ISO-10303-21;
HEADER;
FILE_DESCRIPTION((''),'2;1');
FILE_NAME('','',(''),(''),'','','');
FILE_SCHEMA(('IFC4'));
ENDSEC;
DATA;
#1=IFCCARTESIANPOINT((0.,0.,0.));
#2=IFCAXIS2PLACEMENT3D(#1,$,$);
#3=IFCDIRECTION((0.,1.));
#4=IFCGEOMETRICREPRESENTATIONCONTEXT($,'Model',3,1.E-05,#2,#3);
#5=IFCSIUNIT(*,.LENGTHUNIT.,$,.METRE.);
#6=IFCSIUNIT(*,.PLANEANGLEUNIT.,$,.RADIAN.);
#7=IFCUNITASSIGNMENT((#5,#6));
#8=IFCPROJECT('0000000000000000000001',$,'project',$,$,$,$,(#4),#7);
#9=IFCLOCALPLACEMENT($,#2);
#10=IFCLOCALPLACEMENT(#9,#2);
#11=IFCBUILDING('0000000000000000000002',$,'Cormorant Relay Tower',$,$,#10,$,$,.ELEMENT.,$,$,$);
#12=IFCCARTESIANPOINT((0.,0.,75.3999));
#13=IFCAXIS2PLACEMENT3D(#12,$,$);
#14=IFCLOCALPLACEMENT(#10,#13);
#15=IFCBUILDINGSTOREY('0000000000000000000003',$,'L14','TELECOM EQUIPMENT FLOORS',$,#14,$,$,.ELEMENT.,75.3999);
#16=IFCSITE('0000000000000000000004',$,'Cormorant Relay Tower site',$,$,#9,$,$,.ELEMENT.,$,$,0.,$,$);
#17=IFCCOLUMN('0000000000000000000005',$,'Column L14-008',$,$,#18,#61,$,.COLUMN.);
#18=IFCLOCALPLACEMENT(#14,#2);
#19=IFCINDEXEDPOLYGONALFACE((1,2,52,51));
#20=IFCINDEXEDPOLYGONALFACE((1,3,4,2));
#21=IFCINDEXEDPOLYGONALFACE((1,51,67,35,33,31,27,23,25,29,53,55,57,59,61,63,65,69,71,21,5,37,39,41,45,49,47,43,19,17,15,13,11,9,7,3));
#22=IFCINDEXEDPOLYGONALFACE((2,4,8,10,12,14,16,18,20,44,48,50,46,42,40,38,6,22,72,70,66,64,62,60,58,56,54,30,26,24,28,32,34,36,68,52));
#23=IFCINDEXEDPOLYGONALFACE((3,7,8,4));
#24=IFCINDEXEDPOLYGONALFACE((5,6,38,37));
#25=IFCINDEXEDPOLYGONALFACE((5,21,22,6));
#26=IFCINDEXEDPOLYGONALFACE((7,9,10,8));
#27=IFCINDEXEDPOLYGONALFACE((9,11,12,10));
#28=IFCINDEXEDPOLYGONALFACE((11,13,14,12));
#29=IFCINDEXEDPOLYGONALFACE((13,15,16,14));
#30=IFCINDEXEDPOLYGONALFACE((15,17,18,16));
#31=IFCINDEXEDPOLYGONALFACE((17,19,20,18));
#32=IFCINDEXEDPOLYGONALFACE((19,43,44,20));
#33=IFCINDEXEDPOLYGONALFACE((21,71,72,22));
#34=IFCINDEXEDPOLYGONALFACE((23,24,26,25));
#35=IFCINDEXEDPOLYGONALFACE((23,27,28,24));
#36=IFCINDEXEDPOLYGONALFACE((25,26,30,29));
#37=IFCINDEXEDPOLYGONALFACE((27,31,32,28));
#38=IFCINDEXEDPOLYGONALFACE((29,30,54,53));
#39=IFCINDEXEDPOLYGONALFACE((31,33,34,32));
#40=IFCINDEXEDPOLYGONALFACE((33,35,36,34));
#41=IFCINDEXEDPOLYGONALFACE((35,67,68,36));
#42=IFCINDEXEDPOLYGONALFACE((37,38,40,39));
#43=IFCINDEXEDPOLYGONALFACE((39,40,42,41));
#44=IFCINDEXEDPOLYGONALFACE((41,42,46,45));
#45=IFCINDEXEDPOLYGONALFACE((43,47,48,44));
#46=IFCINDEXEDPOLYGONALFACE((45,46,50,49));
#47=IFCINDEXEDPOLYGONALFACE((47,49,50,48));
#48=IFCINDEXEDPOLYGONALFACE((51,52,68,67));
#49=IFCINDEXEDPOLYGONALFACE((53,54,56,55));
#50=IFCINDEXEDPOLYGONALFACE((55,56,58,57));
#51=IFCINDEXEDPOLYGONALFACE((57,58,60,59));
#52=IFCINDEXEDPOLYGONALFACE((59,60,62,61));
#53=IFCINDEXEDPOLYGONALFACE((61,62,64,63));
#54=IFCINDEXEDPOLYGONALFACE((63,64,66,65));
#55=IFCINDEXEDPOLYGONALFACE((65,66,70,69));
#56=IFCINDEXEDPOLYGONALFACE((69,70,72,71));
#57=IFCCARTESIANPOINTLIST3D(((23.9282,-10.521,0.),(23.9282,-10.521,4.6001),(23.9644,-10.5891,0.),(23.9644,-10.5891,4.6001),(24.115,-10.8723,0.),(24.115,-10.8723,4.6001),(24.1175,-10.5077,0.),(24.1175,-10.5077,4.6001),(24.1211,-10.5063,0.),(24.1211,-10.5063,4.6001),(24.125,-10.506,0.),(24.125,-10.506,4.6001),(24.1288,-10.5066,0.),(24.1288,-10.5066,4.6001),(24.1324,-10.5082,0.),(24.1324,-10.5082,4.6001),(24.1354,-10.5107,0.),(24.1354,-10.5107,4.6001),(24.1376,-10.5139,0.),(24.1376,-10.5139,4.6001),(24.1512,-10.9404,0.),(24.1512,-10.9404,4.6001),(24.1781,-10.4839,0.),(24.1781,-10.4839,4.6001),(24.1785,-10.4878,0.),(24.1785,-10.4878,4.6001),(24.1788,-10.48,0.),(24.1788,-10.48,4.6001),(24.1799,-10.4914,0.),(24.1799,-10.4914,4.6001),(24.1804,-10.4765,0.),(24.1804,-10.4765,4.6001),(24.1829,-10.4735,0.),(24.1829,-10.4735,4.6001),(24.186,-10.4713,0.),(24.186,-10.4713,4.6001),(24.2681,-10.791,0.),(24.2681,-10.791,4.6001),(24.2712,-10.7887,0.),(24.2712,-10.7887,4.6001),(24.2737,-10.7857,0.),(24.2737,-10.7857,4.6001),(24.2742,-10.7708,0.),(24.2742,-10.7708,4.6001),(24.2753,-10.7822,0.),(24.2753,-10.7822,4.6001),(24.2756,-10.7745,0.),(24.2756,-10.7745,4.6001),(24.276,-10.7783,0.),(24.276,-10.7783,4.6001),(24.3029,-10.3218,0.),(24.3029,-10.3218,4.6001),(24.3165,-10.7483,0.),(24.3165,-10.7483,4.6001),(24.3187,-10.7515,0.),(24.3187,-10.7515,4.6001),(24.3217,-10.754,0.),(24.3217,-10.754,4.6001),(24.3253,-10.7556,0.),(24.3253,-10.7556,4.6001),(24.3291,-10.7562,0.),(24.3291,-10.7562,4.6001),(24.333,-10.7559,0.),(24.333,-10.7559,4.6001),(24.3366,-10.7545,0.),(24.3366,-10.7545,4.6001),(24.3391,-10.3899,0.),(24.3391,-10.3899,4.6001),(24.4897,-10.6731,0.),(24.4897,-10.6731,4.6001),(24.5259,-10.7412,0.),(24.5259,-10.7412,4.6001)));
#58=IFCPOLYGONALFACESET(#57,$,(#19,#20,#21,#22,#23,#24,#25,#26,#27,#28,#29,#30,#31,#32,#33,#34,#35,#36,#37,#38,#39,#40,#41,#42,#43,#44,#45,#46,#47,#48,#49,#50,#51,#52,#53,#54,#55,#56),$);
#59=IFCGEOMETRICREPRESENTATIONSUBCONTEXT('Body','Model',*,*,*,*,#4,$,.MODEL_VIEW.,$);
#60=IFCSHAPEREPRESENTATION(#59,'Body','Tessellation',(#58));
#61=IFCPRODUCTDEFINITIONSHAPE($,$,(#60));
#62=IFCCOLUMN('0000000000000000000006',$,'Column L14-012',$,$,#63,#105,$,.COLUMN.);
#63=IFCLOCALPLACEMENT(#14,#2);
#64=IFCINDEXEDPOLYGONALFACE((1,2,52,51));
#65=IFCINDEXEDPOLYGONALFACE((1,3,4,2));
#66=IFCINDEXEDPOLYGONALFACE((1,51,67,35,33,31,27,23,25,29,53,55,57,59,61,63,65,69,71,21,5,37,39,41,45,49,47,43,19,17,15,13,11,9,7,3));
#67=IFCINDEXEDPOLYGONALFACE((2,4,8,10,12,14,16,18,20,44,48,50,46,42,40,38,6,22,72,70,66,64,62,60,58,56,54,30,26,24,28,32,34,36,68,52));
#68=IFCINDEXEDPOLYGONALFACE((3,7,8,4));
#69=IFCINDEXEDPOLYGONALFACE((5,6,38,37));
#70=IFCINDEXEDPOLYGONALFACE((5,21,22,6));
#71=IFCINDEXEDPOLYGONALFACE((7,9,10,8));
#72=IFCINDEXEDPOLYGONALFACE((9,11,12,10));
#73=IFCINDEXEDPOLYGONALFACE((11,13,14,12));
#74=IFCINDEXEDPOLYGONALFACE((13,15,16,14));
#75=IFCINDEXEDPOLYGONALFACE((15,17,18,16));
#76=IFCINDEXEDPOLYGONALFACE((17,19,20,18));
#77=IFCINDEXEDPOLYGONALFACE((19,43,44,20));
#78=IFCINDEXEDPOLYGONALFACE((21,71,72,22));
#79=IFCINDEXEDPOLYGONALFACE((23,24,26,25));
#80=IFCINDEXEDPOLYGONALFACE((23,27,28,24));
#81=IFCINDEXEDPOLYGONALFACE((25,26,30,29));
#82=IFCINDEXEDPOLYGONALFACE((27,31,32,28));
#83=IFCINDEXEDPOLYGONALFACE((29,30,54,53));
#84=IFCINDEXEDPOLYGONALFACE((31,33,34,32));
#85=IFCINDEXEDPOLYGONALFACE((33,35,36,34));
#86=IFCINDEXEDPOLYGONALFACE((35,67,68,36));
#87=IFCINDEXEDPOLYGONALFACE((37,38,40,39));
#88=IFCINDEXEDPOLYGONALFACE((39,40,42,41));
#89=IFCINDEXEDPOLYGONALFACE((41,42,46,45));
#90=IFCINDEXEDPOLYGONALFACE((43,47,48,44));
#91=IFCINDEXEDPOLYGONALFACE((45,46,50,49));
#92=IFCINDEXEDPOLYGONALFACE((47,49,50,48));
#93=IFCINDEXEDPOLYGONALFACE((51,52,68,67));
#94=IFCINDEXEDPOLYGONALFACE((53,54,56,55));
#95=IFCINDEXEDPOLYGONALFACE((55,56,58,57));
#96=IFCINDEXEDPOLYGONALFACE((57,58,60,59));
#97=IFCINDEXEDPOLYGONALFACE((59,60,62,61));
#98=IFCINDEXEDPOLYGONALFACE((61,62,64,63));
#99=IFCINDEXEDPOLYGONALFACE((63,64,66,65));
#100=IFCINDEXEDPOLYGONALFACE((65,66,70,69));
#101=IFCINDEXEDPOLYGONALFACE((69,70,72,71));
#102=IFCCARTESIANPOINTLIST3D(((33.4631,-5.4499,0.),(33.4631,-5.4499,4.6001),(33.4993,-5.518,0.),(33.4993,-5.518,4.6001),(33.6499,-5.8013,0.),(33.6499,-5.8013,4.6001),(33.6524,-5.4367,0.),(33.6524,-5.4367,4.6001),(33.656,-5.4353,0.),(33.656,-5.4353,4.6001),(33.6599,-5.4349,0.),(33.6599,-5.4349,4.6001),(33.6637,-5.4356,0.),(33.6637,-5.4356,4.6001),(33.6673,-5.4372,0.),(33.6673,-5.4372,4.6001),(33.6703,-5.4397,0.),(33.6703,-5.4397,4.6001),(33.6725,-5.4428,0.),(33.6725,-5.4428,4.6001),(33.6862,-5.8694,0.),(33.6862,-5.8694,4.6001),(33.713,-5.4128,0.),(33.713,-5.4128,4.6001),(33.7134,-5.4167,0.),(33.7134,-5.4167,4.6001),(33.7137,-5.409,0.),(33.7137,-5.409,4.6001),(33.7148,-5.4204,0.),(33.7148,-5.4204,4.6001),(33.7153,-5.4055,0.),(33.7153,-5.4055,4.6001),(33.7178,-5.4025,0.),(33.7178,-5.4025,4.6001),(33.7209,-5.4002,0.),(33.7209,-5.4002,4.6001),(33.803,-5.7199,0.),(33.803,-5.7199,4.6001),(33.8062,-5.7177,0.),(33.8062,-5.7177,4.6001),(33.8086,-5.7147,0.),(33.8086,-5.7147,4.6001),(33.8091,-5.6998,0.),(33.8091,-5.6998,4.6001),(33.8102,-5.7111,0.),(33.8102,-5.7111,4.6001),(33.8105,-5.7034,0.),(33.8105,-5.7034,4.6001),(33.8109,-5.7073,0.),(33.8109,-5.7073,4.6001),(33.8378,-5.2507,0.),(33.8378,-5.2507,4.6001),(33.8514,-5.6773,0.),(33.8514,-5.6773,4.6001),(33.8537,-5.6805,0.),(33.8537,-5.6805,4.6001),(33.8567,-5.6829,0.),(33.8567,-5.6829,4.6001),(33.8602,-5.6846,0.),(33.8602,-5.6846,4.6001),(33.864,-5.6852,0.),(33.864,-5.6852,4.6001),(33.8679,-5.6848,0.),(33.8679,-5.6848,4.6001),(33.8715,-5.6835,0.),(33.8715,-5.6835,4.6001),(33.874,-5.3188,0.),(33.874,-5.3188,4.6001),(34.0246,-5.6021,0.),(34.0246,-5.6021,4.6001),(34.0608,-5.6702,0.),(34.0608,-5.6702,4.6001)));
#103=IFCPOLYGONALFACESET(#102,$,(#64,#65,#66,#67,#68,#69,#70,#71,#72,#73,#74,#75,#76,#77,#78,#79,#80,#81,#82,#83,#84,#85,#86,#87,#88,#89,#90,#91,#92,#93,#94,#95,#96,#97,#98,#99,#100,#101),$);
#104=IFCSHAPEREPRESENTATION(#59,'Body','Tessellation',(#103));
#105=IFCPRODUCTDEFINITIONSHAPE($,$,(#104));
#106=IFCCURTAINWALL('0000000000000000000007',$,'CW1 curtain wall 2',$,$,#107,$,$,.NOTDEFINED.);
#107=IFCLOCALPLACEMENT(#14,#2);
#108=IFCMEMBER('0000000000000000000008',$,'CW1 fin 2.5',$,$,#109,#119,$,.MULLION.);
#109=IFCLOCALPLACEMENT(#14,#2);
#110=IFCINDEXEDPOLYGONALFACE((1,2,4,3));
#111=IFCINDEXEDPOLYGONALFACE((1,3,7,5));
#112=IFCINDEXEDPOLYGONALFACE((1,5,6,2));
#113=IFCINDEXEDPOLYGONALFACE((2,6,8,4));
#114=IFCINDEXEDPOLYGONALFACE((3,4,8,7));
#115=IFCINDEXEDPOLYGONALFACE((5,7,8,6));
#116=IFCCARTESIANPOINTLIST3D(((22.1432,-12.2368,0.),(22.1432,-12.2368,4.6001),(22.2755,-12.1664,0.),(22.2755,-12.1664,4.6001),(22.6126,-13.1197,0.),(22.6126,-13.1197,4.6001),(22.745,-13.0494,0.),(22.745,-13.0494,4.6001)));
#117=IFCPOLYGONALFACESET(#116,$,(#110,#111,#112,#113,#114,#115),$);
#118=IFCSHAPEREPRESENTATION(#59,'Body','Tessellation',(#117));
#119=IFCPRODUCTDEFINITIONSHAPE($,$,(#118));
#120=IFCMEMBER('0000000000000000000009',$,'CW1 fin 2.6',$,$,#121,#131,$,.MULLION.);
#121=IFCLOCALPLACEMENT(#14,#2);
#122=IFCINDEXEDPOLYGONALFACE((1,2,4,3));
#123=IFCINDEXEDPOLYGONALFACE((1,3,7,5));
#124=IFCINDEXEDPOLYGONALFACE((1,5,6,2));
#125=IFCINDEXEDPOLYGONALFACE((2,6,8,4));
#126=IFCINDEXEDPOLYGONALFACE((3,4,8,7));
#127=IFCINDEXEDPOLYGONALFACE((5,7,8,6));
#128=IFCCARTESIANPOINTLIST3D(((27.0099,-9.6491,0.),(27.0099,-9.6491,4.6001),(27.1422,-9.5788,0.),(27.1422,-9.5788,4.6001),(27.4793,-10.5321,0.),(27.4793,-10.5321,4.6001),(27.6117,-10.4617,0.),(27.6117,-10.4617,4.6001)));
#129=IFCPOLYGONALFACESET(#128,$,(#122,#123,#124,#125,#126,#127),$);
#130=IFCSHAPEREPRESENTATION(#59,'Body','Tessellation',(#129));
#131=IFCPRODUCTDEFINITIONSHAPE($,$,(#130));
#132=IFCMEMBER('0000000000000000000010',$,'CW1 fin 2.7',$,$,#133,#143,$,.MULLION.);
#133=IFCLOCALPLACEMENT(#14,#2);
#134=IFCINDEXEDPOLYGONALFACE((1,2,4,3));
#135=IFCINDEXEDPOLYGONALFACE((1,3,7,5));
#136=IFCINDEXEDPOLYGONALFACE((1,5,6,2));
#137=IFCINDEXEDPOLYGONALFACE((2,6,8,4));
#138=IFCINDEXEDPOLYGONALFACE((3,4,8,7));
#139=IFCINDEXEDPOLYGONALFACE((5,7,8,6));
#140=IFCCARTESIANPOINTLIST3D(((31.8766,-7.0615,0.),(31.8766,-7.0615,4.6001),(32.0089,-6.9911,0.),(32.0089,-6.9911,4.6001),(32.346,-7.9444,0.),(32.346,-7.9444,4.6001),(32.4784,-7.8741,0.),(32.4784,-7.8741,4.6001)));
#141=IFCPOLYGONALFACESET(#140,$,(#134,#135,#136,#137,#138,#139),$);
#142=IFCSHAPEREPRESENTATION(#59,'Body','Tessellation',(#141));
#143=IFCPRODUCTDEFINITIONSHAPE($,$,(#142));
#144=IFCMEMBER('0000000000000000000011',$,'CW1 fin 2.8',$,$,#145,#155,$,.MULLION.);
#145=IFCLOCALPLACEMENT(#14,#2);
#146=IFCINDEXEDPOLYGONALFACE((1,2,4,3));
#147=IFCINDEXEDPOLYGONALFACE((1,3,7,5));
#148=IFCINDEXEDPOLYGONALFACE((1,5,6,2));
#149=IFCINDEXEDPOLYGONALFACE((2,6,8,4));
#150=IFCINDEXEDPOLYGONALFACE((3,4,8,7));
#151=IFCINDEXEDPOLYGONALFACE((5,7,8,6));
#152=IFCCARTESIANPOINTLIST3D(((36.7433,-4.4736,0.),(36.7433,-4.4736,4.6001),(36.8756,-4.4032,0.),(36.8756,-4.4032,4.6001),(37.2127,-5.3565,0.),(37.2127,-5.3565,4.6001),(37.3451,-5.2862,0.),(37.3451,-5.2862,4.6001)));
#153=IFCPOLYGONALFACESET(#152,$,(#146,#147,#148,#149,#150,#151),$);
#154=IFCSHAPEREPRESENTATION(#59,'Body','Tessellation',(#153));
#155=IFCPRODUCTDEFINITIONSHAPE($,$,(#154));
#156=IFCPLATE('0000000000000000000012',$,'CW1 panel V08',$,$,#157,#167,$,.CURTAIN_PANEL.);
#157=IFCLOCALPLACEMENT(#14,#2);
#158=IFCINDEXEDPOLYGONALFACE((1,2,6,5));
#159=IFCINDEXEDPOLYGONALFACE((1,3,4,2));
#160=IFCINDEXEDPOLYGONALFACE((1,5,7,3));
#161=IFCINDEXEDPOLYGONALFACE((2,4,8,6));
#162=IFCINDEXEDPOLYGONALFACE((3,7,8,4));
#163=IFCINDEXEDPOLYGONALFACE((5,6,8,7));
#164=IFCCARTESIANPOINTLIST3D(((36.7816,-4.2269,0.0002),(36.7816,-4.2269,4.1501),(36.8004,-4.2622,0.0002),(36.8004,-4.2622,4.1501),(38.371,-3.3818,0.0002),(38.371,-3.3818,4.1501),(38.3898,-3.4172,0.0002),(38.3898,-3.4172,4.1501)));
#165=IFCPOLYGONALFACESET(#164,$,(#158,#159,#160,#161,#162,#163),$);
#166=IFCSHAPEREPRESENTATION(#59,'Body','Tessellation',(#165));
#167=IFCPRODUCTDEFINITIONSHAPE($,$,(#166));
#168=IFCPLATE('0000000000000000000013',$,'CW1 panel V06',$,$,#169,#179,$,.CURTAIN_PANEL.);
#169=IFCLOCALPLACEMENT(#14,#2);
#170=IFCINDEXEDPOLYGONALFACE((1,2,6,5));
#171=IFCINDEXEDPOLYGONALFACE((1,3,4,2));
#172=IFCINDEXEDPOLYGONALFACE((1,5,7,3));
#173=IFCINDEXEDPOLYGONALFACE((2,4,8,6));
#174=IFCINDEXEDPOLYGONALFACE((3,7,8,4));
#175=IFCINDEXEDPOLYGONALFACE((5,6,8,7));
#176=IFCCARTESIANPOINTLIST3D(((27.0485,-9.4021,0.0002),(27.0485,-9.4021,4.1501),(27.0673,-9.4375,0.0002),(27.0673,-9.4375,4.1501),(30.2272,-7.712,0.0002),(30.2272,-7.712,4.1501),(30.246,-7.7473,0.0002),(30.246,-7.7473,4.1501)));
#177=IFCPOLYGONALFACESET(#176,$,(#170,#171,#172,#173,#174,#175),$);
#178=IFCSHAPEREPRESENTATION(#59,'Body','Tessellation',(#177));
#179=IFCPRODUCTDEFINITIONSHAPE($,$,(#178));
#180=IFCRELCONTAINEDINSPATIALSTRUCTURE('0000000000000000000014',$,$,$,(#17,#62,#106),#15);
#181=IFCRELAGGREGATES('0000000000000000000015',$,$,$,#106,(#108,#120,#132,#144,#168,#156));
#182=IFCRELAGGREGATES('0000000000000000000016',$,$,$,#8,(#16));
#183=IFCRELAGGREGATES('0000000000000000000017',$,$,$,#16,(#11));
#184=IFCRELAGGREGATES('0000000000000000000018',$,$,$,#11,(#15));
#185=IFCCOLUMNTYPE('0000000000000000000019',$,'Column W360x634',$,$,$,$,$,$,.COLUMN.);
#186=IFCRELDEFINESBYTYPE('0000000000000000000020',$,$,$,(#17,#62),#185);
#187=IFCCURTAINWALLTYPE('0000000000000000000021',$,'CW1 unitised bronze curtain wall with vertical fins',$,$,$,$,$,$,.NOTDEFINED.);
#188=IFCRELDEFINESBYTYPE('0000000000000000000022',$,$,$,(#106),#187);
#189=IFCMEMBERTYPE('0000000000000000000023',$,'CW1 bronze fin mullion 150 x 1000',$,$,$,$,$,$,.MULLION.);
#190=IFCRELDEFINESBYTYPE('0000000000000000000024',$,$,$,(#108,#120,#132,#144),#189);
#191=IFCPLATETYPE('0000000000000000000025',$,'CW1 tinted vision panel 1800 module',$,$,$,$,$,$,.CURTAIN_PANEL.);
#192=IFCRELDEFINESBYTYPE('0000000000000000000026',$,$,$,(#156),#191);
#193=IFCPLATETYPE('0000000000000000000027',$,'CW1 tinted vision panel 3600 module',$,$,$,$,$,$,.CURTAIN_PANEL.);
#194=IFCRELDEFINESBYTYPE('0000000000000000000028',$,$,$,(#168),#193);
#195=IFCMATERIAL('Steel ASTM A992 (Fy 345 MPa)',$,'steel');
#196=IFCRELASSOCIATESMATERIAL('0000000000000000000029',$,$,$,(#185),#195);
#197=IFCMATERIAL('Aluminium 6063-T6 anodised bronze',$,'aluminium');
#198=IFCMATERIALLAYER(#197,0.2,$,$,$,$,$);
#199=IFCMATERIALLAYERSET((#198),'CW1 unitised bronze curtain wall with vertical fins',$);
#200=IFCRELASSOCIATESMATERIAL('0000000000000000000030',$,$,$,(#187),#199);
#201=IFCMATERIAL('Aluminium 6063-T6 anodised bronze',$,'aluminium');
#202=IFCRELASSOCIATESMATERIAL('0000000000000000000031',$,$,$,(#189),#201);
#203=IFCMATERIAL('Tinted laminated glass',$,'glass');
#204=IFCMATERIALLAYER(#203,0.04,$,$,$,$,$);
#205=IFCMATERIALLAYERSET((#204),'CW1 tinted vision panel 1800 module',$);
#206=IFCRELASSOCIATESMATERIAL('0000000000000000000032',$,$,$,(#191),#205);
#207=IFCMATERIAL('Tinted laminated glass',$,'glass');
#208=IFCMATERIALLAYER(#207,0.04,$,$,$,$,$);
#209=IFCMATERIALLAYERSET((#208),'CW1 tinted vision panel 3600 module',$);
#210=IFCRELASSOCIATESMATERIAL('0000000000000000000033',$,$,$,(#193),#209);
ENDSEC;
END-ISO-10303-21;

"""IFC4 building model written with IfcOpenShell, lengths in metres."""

from ifc_helpers import new_model, si_unit, direction, frame, origin, origin_2d, place, context, subcontext, project, spatial, rectangle, i_section, extrude, material, layer, layer_set, material_profile, profile_set, type_object, element, aggregate, save


model = new_model("IFC4")

# Units and contexts
model_context = context("Model", 3, precision=1e-05, world=origin(), true_north=direction((0.0, 1.0)))
body_context = subcontext(model_context, "Body", "Model", "MODEL_VIEW")
ifc_project = project(units=[si_unit("LENGTHUNIT", "METRE"), si_unit("PLANEANGLEUNIT", "RADIAN")], contexts=[model_context])

# Site, building, storey
site_placement = place(None, origin())
site = spatial("IfcSite", under=ifc_project, at=site_placement, Name="Cormorant Relay Tower site", CompositionType="ELEMENT", RefElevation=0.0)
building_placement = place(site_placement, origin())
building = spatial("IfcBuilding", under=site, at=building_placement, Name="Cormorant Relay Tower", CompositionType="ELEMENT")
storey_placement = place(building_placement, frame((0.0, 0.0, 75.3999)))
storey = spatial("IfcBuildingStorey", under=building, at=storey_placement, Name="L14", Description="TELECOM EQUIPMENT FLOORS", CompositionType="ELEMENT", Elevation=75.3999)

# Columns
ifc_material_1 = material(Name="Steel ASTM A992 (Fy 345 MPa)", Category="steel")
ifc_material_profile_1 = material_profile(ifc_material_1, i_section(OverallWidth=0.4243, OverallDepth=0.4751, WebThickness=0.0479, FlangeThickness=0.0771, FilletRadius=0.0149, at=origin_2d()), Name="W360x634")
ifc_profile_set_1 = profile_set([ifc_material_profile_1], Name="Steel ASTM A992 (Fy 345 MPa)")
column_type = type_object("IfcColumnType", Name="Column W360x634", PredefinedType="COLUMN", material=ifc_profile_set_1)
for number, where, z_axis, x_axis, name in (
    (1, (24.2271, -10.6311, 0.0), (0.0, 0.0, 1.0), (0.882948, 0.469472, 0.0), "Column L14-008"),
    (2, (33.762, -5.5601, 0.0), (0.0, 0.0, 1.0), (0.882948, 0.469472, 0.0), "Column L14-012"),
):
    element("IfcColumn", number, at=place(storey_placement, frame(where, z_axis=z_axis, x_axis=x_axis)), inside=storey, type_object=column_type, Name=name, PredefinedType="COLUMN", context=body_context, shape_type="SweptSolid", body=[
        extrude(i_section(OverallWidth=0.4243, OverallDepth=0.4751, WebThickness=0.0479, FlangeThickness=0.0771, FilletRadius=0.0149, at=origin_2d()), origin(), (0.0, 0.0, 1.0), 4.6001),
    ])

# Curtain wall, members, plates
ifc_material_2 = material(Name="Aluminium 6063-T6 anodised bronze", Category="aluminium")
ifc_layer_1 = layer(ifc_material_2, 0.2)
ifc_layer_set_1 = layer_set([ifc_layer_1], Name="CW1 unitised bronze curtain wall with vertical fins")
curtain_wall_type = type_object("IfcCurtainWallType", Name="CW1 unitised bronze curtain wall with vertical fins", PredefinedType="NOTDEFINED", material=ifc_layer_set_1)
curtain_wall_placement = place(storey_placement, origin())
curtain_wall = element("IfcCurtainWall", 3, at=curtain_wall_placement, inside=storey, type_object=curtain_wall_type, Name="CW1 curtain wall 2", PredefinedType="NOTDEFINED")
ifc_material_3 = material(Name="Aluminium 6063-T6 anodised bronze", Category="aluminium")
ifc_material_profile_2 = material_profile(ifc_material_3, rectangle(XDim=0.1499, YDim=1.0, at=origin_2d()), Name="AL 150x1000")
ifc_profile_set_2 = profile_set([ifc_material_profile_2], Name="Aluminium 6063-T6 anodised bronze")
member_type = type_object("IfcMemberType", Name="CW1 bronze fin mullion 150 x 1000", PredefinedType="MULLION", material=ifc_profile_set_2)
member_1_placement = place(storey_placement, frame((22.4441, -12.6431, 0.0), z_axis=(0.0, 0.0, 1.0), x_axis=(0.882948, 0.469472, 0.0)))
member_1 = element("IfcMember", 4, at=member_1_placement, type_object=member_type, Name="CW1 fin 2.5", PredefinedType="MULLION", context=body_context, shape_type="SweptSolid", body=[
    extrude(rectangle(XDim=0.1499, YDim=1.0, at=origin_2d()), origin(), (0.0, 0.0, 1.0), 4.6001),
])
member_2_placement = place(storey_placement, frame((27.3108, -10.0554, 0.0), z_axis=(0.0, 0.0, 1.0), x_axis=(0.882948, 0.469472, 0.0)))
member_2 = element("IfcMember", 5, at=member_2_placement, type_object=member_type, Name="CW1 fin 2.6", PredefinedType="MULLION", context=body_context, shape_type="SweptSolid", body=[
    extrude(rectangle(XDim=0.1499, YDim=1.0, at=origin_2d()), origin(), (0.0, 0.0, 1.0), 4.6001),
])
member_3_placement = place(storey_placement, frame((32.1775, -7.4678, 0.0), z_axis=(0.0, 0.0, 1.0), x_axis=(0.882948, 0.469472, 0.0)))
member_3 = element("IfcMember", 6, at=member_3_placement, type_object=member_type, Name="CW1 fin 2.7", PredefinedType="MULLION", context=body_context, shape_type="SweptSolid", body=[
    extrude(rectangle(XDim=0.1499, YDim=1.0, at=origin_2d()), origin(), (0.0, 0.0, 1.0), 4.6001),
])
member_4_placement = place(storey_placement, frame((37.0442, -4.8799, 0.0), z_axis=(0.0, 0.0, 1.0), x_axis=(0.882948, 0.469472, 0.0)))
member_4 = element("IfcMember", 7, at=member_4_placement, type_object=member_type, Name="CW1 fin 2.8", PredefinedType="MULLION", context=body_context, shape_type="SweptSolid", body=[
    extrude(rectangle(XDim=0.1499, YDim=1.0, at=origin_2d()), origin(), (0.0, 0.0, 1.0), 4.6001),
])
ifc_material_4 = material(Name="Tinted laminated glass", Category="glass")
ifc_layer_2 = layer(ifc_material_4, 0.04)
ifc_layer_set_2 = layer_set([ifc_layer_2], Name="CW1 tinted vision panel 1800 module")
plate_type_1 = type_object("IfcPlateType", Name="CW1 tinted vision panel 1800 module", PredefinedType="CURTAIN_PANEL", material=ifc_layer_set_2)
plate_1_placement = place(storey_placement, frame((37.5857, -3.822, 0.0002), z_axis=(0.0, 0.0, 1.0), x_axis=(0.882948, 0.469472, 0.0)))
plate_1 = element("IfcPlate", 8, at=plate_1_placement, type_object=plate_type_1, Name="CW1 panel V08", PredefinedType="CURTAIN_PANEL", context=body_context, shape_type="SweptSolid", body=[
    extrude(rectangle(XDim=1.8, YDim=0.04, at=origin_2d()), origin(), (0.0, 0.0, 1.0), 4.1499),
])
ifc_material_5 = material(Name="Tinted laminated glass", Category="glass")
ifc_layer_3 = layer(ifc_material_5, 0.04)
ifc_layer_set_3 = layer_set([ifc_layer_3], Name="CW1 tinted vision panel 3600 module")
plate_type_2 = type_object("IfcPlateType", Name="CW1 tinted vision panel 3600 module", PredefinedType="CURTAIN_PANEL", material=ifc_layer_set_3)
plate_2_placement = place(storey_placement, frame((28.6472, -8.5747, 0.0002), z_axis=(0.0, 0.0, 1.0), x_axis=(0.882948, 0.469472, 0.0)))
plate_2 = element("IfcPlate", 9, at=plate_2_placement, type_object=plate_type_2, Name="CW1 panel V06", PredefinedType="CURTAIN_PANEL", context=body_context, shape_type="SweptSolid", body=[
    extrude(rectangle(XDim=3.6001, YDim=0.04, at=origin_2d()), origin(), (0.0, 0.0, 1.0), 4.1499),
])

aggregate(curtain_wall, [member_1, member_2, member_3, member_4, plate_2, plate_1])

save(model, "model.ifc")
